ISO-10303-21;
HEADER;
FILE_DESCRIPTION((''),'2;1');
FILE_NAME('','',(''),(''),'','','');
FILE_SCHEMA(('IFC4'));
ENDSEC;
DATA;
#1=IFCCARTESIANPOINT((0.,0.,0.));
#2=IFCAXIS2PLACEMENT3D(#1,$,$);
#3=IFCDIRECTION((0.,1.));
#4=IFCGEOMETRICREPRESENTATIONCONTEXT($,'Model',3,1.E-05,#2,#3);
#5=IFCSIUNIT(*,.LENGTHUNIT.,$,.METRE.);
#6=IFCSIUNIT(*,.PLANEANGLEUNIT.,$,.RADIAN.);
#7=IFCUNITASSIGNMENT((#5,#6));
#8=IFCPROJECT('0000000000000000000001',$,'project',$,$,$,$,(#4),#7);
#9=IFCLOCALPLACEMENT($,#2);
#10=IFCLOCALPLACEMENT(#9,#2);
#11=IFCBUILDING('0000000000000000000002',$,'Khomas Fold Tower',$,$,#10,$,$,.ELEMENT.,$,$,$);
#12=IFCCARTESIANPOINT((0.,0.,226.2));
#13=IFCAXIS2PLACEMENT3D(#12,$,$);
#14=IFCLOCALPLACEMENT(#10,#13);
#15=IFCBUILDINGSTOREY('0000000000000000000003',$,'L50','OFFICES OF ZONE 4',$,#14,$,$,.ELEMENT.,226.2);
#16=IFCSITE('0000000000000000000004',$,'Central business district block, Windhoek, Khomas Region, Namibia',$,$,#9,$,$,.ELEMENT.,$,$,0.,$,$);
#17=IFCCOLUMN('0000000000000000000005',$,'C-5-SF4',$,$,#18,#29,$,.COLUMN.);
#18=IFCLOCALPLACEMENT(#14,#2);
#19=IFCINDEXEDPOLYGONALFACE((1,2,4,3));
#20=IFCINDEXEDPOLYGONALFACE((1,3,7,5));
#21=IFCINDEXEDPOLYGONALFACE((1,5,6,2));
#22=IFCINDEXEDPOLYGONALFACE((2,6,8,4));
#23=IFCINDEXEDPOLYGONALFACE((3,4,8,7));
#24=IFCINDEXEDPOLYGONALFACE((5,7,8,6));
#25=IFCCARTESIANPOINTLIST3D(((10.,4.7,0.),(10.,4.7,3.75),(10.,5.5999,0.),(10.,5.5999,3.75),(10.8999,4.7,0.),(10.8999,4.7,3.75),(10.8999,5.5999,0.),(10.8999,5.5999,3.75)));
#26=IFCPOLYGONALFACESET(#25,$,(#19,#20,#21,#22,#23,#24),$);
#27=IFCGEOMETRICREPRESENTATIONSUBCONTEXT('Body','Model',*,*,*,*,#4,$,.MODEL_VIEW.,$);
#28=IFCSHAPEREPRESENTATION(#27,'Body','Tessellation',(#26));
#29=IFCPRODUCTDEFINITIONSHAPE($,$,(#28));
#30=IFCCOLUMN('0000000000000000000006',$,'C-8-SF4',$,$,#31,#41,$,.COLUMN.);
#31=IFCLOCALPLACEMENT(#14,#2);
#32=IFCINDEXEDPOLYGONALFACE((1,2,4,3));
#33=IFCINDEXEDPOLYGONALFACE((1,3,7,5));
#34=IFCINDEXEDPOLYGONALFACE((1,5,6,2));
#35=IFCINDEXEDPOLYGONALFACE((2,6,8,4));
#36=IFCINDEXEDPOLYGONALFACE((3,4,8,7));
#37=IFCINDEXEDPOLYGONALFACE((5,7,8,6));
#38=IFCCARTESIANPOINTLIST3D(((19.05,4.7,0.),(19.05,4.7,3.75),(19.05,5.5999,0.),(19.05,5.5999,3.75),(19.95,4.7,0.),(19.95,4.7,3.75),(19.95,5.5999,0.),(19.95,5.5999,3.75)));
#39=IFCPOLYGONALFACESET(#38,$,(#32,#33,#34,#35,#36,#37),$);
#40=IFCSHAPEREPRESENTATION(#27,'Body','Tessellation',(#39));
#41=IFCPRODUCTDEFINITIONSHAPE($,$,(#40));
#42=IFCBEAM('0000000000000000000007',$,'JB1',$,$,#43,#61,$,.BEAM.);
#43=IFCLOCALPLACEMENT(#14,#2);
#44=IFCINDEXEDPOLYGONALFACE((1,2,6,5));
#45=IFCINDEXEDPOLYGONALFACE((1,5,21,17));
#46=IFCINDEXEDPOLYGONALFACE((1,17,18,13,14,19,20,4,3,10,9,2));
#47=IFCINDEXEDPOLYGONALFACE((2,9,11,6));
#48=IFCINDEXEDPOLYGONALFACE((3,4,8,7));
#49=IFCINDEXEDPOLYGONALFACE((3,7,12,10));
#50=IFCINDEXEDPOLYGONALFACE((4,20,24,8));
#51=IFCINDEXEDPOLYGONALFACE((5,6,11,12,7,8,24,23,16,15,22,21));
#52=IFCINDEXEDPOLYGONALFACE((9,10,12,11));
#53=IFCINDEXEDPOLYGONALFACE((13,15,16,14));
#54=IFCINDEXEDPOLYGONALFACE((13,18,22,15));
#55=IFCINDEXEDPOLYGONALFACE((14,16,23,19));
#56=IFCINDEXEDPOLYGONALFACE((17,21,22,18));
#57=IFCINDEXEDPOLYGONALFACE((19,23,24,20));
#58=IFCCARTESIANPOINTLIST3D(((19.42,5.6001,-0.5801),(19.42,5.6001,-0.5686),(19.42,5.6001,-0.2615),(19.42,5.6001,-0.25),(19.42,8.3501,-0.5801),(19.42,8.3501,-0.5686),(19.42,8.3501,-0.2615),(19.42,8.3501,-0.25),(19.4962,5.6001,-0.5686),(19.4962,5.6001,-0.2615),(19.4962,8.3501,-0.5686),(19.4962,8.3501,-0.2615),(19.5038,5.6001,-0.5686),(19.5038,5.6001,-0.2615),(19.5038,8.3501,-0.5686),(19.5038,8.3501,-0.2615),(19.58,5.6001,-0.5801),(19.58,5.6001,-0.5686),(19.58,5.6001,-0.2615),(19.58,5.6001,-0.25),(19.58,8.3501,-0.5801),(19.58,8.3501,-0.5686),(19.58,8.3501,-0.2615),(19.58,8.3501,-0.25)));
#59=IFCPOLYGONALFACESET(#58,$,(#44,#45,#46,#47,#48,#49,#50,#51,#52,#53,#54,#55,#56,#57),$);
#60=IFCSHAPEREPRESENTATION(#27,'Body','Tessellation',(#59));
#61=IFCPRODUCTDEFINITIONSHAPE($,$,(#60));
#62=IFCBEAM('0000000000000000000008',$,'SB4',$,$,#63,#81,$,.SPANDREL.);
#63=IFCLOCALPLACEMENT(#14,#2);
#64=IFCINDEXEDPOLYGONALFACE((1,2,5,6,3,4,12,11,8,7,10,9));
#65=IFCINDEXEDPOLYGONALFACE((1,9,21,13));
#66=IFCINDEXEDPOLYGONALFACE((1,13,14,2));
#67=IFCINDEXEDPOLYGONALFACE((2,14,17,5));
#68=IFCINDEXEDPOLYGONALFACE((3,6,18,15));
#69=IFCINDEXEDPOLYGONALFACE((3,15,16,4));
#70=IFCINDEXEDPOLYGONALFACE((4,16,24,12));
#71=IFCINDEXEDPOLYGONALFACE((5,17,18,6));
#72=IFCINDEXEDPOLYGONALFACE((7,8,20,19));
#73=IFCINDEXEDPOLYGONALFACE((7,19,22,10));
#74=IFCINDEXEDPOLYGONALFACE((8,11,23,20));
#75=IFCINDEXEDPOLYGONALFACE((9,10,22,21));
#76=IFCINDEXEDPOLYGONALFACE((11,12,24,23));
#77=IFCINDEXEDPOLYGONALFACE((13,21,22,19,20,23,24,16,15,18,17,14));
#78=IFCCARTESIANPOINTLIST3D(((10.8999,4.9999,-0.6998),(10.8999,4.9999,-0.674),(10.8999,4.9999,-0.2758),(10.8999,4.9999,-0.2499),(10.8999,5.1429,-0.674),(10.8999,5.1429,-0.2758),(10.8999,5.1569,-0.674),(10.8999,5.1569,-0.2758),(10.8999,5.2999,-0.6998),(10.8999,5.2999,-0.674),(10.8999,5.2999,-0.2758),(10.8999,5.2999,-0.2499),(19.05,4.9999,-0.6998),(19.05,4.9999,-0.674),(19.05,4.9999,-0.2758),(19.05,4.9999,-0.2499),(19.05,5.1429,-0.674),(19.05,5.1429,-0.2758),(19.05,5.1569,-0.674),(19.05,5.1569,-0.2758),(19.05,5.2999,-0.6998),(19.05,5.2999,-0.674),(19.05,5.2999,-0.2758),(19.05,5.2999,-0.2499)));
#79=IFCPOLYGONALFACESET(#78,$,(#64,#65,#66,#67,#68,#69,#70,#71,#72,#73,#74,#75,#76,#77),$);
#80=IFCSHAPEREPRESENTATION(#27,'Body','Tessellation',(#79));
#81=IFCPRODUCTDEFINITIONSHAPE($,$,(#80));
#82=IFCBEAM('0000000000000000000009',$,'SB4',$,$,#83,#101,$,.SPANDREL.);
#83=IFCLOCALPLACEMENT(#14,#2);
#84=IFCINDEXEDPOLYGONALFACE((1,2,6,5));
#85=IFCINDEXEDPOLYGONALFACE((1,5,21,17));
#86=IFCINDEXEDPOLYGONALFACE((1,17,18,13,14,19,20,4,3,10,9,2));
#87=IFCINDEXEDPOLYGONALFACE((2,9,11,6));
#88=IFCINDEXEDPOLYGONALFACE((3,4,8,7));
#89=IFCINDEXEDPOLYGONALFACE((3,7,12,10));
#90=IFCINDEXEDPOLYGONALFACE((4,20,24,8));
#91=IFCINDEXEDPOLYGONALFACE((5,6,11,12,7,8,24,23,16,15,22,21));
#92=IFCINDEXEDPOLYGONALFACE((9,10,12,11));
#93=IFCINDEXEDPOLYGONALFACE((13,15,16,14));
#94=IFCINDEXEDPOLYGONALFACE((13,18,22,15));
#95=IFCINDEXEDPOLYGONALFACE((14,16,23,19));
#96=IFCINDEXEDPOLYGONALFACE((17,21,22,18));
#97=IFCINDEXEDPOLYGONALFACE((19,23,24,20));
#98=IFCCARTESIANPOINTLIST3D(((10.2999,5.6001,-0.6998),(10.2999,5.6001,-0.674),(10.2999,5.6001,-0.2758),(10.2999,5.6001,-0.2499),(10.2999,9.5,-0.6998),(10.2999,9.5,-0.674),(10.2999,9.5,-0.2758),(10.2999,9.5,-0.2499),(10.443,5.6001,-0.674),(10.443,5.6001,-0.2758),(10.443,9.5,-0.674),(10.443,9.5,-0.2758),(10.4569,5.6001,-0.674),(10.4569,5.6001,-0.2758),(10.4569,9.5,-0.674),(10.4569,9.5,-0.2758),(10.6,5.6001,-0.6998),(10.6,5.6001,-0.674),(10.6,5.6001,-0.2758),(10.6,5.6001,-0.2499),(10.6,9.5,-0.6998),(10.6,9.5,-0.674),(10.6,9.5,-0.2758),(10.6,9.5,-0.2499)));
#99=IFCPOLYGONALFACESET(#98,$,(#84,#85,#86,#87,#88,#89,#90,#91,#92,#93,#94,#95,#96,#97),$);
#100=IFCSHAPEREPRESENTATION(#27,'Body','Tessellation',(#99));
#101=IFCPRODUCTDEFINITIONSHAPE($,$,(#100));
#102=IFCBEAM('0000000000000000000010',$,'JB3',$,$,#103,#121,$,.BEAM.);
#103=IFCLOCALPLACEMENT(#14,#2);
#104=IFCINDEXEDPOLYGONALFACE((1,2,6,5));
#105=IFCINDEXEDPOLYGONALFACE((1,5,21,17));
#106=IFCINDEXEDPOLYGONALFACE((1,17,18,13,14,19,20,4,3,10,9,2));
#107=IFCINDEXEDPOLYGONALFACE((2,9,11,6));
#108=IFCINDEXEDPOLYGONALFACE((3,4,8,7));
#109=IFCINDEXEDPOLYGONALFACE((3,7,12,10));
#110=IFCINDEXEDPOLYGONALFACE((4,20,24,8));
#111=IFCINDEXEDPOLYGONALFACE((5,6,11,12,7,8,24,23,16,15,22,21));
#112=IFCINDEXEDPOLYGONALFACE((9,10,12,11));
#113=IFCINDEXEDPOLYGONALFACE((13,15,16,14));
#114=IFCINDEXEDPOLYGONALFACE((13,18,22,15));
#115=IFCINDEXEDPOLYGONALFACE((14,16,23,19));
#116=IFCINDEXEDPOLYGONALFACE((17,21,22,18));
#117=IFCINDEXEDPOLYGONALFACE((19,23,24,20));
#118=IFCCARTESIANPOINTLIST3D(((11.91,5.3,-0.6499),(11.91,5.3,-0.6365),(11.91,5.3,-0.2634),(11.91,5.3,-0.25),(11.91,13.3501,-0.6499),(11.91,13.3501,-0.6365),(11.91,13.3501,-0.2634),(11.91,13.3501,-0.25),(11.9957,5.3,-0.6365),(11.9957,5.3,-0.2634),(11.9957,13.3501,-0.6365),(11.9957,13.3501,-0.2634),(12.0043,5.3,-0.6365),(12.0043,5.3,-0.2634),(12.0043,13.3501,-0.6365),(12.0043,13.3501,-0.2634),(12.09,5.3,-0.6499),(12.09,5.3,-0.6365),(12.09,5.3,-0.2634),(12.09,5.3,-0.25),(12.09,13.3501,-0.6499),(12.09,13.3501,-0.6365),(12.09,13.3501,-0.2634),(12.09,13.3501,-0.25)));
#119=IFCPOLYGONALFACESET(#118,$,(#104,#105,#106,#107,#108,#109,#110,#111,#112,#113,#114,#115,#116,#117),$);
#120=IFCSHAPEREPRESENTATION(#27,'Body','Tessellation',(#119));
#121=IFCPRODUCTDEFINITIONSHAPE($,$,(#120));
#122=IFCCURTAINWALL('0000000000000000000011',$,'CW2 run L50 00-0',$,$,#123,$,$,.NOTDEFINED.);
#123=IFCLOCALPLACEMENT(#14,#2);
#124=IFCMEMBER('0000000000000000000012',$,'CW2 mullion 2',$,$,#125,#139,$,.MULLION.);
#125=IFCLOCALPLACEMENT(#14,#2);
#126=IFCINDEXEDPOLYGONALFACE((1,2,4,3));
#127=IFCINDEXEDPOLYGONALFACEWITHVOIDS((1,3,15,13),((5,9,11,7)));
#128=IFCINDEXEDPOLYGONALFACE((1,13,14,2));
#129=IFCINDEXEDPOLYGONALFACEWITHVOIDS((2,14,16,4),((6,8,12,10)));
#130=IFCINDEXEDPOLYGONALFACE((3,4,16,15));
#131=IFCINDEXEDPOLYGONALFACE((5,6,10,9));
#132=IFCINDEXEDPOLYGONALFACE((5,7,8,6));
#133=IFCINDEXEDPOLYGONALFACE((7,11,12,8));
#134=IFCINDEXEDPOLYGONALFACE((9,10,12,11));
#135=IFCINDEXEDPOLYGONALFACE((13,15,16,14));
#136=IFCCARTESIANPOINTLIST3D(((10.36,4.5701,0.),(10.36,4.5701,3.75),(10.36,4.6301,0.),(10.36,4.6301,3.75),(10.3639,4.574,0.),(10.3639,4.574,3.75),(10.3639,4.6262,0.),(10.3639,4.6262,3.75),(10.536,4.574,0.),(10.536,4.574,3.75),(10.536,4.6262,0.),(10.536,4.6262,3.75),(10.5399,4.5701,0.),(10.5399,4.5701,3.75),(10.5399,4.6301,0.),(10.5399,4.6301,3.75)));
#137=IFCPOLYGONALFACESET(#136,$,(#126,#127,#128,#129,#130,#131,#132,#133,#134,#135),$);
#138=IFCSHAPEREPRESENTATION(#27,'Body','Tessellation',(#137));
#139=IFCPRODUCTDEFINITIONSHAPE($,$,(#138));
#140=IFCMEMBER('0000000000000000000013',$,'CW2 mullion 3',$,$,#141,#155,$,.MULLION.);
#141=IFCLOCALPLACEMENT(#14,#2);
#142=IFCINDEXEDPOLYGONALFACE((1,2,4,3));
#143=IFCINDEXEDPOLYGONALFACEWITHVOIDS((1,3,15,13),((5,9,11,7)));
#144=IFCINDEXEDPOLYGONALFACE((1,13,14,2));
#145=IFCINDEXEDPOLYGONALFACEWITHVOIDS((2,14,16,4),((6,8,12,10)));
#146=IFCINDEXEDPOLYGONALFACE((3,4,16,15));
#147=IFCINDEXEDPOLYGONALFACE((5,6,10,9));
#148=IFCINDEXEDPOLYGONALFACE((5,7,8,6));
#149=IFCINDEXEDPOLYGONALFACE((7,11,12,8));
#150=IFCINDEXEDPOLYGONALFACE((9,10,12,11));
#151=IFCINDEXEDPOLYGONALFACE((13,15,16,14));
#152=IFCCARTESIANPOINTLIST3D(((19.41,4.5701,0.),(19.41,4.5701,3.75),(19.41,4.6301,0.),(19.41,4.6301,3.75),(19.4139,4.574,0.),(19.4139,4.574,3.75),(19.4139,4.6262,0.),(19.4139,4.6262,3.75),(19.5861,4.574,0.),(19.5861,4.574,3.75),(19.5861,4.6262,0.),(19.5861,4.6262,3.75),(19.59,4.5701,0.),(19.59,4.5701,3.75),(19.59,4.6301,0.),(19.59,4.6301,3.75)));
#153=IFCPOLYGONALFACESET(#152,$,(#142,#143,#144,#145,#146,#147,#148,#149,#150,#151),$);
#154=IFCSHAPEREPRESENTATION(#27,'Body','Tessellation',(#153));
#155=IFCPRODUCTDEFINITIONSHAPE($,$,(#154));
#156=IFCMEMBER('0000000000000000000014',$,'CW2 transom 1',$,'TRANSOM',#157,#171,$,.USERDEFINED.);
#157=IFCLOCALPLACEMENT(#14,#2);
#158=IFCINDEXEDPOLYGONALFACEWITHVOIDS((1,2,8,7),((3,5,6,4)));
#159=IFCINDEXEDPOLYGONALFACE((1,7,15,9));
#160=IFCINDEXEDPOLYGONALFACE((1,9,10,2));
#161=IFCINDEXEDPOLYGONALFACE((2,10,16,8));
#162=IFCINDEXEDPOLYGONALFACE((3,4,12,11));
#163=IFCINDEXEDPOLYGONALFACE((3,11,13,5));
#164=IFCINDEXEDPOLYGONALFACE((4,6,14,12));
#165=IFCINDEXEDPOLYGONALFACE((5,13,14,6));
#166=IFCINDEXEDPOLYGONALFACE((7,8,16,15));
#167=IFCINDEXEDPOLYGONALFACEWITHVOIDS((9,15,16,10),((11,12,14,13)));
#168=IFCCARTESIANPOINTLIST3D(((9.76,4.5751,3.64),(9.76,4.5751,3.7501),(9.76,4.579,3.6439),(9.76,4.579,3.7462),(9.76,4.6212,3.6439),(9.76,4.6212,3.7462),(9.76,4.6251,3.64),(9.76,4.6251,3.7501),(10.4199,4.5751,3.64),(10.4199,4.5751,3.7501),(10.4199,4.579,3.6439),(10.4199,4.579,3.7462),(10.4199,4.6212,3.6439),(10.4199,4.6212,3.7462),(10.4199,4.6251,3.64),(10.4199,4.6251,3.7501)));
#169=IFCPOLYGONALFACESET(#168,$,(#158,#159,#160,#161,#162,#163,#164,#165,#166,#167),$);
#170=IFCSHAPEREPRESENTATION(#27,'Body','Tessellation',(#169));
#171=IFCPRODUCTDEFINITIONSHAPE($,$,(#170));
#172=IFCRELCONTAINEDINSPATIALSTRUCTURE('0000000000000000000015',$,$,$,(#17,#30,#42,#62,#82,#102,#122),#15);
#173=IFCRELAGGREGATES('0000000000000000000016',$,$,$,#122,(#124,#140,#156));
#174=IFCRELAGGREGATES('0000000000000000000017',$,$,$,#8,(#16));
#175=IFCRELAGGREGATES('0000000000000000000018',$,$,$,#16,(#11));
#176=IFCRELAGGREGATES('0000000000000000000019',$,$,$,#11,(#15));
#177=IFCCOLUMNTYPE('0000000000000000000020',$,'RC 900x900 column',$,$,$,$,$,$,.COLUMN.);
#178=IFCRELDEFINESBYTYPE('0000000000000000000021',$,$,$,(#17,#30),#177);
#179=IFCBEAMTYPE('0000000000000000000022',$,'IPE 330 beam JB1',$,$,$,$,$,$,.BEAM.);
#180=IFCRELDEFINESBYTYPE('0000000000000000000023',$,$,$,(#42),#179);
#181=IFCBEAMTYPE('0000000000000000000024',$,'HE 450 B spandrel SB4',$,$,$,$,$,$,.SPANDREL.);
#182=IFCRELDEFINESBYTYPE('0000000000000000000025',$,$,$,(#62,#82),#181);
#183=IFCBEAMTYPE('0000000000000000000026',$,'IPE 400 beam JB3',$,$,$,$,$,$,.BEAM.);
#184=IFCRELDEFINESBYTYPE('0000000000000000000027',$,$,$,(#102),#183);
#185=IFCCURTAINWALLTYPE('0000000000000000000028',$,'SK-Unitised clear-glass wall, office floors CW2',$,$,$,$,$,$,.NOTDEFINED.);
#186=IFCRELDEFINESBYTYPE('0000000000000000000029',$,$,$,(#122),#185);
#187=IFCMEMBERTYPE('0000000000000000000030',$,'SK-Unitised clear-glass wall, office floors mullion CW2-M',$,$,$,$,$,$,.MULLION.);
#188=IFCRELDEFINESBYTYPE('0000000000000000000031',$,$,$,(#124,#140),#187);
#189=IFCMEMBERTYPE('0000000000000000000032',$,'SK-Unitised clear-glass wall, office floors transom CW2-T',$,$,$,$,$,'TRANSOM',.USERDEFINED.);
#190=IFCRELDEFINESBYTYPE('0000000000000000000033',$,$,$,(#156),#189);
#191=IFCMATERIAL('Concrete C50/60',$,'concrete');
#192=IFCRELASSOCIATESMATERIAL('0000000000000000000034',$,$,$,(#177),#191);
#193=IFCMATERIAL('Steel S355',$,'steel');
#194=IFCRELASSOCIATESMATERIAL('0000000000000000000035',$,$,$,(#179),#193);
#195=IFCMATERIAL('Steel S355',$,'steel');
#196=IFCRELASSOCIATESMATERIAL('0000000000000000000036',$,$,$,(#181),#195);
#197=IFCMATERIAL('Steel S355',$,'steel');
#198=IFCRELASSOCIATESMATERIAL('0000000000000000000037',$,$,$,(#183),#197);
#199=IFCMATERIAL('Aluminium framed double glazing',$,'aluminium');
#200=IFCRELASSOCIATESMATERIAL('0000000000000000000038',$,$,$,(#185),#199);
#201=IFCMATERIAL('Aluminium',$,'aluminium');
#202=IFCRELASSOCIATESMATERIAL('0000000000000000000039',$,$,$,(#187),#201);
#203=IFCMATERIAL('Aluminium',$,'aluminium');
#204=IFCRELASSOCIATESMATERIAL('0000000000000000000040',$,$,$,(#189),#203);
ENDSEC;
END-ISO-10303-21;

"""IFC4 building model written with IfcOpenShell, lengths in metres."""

from ifc_helpers import new_model, si_unit, direction, frame, origin, origin_2d, place, context, subcontext, project, spatial, rectangle, hollow_rectangle, i_section, extrude, source, transform, mapped, material, material_profile, profile_set, type_object, element, aggregate, save


model = new_model("IFC4")

# Units and contexts
model_context = context("Model", 3, precision=1e-05, world=origin(), true_north=direction((0.0, 1.0)))
body_context = subcontext(model_context, "Body", "Model", "MODEL_VIEW")
ifc_project = project(units=[si_unit("LENGTHUNIT", "METRE"), si_unit("PLANEANGLEUNIT", "RADIAN")], contexts=[model_context])

# Site, building, storey
site_placement = place(None, origin())
site = spatial("IfcSite", under=ifc_project, at=site_placement, Name="Central business district block, Windhoek, Khomas Region, Namibia", CompositionType="ELEMENT", RefElevation=0.0)
building_placement = place(site_placement, origin())
building = spatial("IfcBuilding", under=site, at=building_placement, Name="Khomas Fold Tower", CompositionType="ELEMENT")
storey_placement = place(building_placement, frame((0.0, 0.0, 226.2)))
storey = spatial("IfcBuildingStorey", under=building, at=storey_placement, Name="L50", Description="OFFICES OF ZONE 4", CompositionType="ELEMENT", Elevation=226.2)

# Columns
ifc_material_1 = material(Name="Concrete C50/60", Category="concrete")
ifc_material_profile_1 = material_profile(ifc_material_1, rectangle(XDim=0.8999, YDim=0.8999, at=origin_2d()), Name="RC 900x900")
ifc_profile_set_1 = profile_set([ifc_material_profile_1], Name="Concrete C50/60")
column_type = type_object("IfcColumnType", Name="RC 900x900 column", PredefinedType="COLUMN", material=ifc_profile_set_1)
shared_shape_1 = source(origin(), body_context, "Body", "SweptSolid", [
    extrude(rectangle(XDim=0.8999, YDim=0.8999, at=origin_2d()), origin(), (0.0, 0.0, 1.0), 3.75),
])
for number, where, z_axis, x_axis, name in (
    (1, (10.45, 5.1499, 0.0), (0.0, 0.0, 1.0), (1.0, 0.0, 0.0), "C-5-SF4"),
    (2, (19.5, 5.1499, 0.0), (0.0, 0.0, 1.0), (1.0, 0.0, 0.0), "C-8-SF4"),
):
    element("IfcColumn", number, at=place(storey_placement, frame(where, z_axis=z_axis, x_axis=x_axis)), inside=storey, type_object=column_type, Name=name, PredefinedType="COLUMN", context=body_context, shape_type="MappedRepresentation", body=[
        mapped(shared_shape_1, transform((0.0, 0.0, 0.0))),
    ])

# Beams
ifc_material_2 = material(Name="Steel S355", Category="steel")
ifc_material_profile_2 = material_profile(ifc_material_2, i_section(OverallWidth=0.1599, OverallDepth=0.3301, WebThickness=0.0076, FlangeThickness=0.0115, at=origin_2d()), Name="IPE 330")
ifc_profile_set_2 = profile_set([ifc_material_profile_2], Name="Steel S355")
beam_type_1 = type_object("IfcBeamType", Name="IPE 330 beam JB1", PredefinedType="BEAM", material=ifc_profile_set_2)
shared_shape_2 = source(origin(), body_context, "Body", "SweptSolid", [
    extrude(i_section(OverallWidth=0.1599, OverallDepth=0.3301, WebThickness=0.0076, FlangeThickness=0.0115, at=origin_2d()), origin(), (0.0, 0.0, 1.0), 2.75),
])
beam_1_placement = place(storey_placement, frame((19.5, 5.6001, -0.415), z_axis=(0.0, 1.0, 0.0), x_axis=(-1.0, 0.0, 0.0)))
element("IfcBeam", 3, at=beam_1_placement, inside=storey, type_object=beam_type_1, Name="JB1", PredefinedType="BEAM", context=body_context, shape_type="MappedRepresentation", body=[
    mapped(shared_shape_2, transform((0.0, 0.0, 0.0))),
])
ifc_material_3 = material(Name="Steel S355", Category="steel")
ifc_material_profile_3 = material_profile(ifc_material_3, i_section(OverallWidth=0.3, OverallDepth=0.45, WebThickness=0.0139, FlangeThickness=0.0259, at=origin_2d()), Name="HE 450 B")
ifc_profile_set_3 = profile_set([ifc_material_profile_3], Name="Steel S355")
beam_type_2 = type_object("IfcBeamType", Name="HE 450 B spandrel SB4", PredefinedType="SPANDREL", material=ifc_profile_set_3)
shared_shape_3 = source(origin(), body_context, "Body", "SweptSolid", [
    extrude(i_section(OverallWidth=0.3, OverallDepth=0.45, WebThickness=0.0139, FlangeThickness=0.0259, at=origin_2d()), origin(), (0.0, 0.0, 1.0), 8.1501),
])
beam_2_placement = place(storey_placement, frame((10.8999, 5.1499, -0.4749), z_axis=(1.0, 0.0, 0.0), x_axis=(0.0, 1.0, 0.0)))
element("IfcBeam", 4, at=beam_2_placement, inside=storey, type_object=beam_type_2, Name="SB4", PredefinedType="SPANDREL", context=body_context, shape_type="MappedRepresentation", body=[
    mapped(shared_shape_3, transform((0.0, 0.0, 0.0))),
])
shared_shape_4 = source(origin(), body_context, "Body", "SweptSolid", [
    extrude(i_section(OverallWidth=0.3, OverallDepth=0.45, WebThickness=0.0139, FlangeThickness=0.0259, at=origin_2d()), origin(), (0.0, 0.0, 1.0), 3.8999),
])
beam_3_placement = place(storey_placement, frame((10.45, 5.6001, -0.4749), z_axis=(0.0, 1.0, 0.0), x_axis=(-1.0, 0.0, 0.0)))
element("IfcBeam", 5, at=beam_3_placement, inside=storey, type_object=beam_type_2, Name="SB4", PredefinedType="SPANDREL", context=body_context, shape_type="MappedRepresentation", body=[
    mapped(shared_shape_4, transform((0.0, 0.0, 0.0))),
])
ifc_material_4 = material(Name="Steel S355", Category="steel")
ifc_material_profile_4 = material_profile(ifc_material_4, i_section(OverallWidth=0.1799, OverallDepth=0.3999, WebThickness=0.0085, FlangeThickness=0.0134, at=origin_2d()), Name="IPE 400")
ifc_profile_set_4 = profile_set([ifc_material_profile_4], Name="Steel S355")
beam_type_3 = type_object("IfcBeamType", Name="IPE 400 beam JB3", PredefinedType="BEAM", material=ifc_profile_set_4)
shared_shape_5 = source(origin(), body_context, "Body", "SweptSolid", [
    extrude(i_section(OverallWidth=0.1799, OverallDepth=0.3999, WebThickness=0.0085, FlangeThickness=0.0134, at=origin_2d()), origin(), (0.0, 0.0, 1.0), 8.05),
])
beam_4_placement = place(storey_placement, frame((12.0, 5.3, -0.45), z_axis=(0.0, 1.0, 0.0), x_axis=(-1.0, 0.0, 0.0)))
element("IfcBeam", 6, at=beam_4_placement, inside=storey, type_object=beam_type_3, Name="JB3", PredefinedType="BEAM", context=body_context, shape_type="MappedRepresentation", body=[
    mapped(shared_shape_5, transform((0.0, 0.0, 0.0))),
])

# Curtain wall, members
ifc_material_5 = material(Name="Aluminium framed double glazing", Category="aluminium")
curtain_wall_type = type_object("IfcCurtainWallType", Name="SK-Unitised clear-glass wall, office floors CW2", PredefinedType="NOTDEFINED", material=ifc_material_5)
curtain_wall_placement = place(storey_placement, origin())
curtain_wall = element("IfcCurtainWall", 7, at=curtain_wall_placement, inside=storey, type_object=curtain_wall_type, Name="CW2 run L50 00-0", PredefinedType="NOTDEFINED")
ifc_material_6 = material(Name="Aluminium", Category="aluminium")
ifc_material_profile_5 = material_profile(ifc_material_6, hollow_rectangle(XDim=0.0601, YDim=0.1799, WallThickness=0.0039, at=origin_2d()), Name="SK-Unitised clear-glass wall, office floors mullion CW2-M")
ifc_profile_set_5 = profile_set([ifc_material_profile_5], Name="Aluminium")
member_type_1 = type_object("IfcMemberType", Name="SK-Unitised clear-glass wall, office floors mullion CW2-M", PredefinedType="MULLION", material=ifc_profile_set_5)
shared_shape_6 = source(origin(), body_context, "Body", "SweptSolid", [
    extrude(hollow_rectangle(XDim=0.0601, YDim=0.1799, WallThickness=0.0039, at=origin_2d()), origin(), (0.0, 0.0, 1.0), 3.75),
])
member_1_placement = place(storey_placement, frame((10.45, 4.6001, 0.0), z_axis=(0.0, 0.0, 1.0), x_axis=(0.0, 1.0, 0.0)))
member_1 = element("IfcMember", 8, at=member_1_placement, type_object=member_type_1, Name="CW2 mullion 2", PredefinedType="MULLION", context=body_context, shape_type="MappedRepresentation", body=[
    mapped(shared_shape_6, transform((0.0, 0.0, 0.0))),
])
member_2_placement = place(storey_placement, frame((19.5, 4.6001, 0.0), z_axis=(0.0, 0.0, 1.0), x_axis=(0.0, 1.0, 0.0)))
member_2 = element("IfcMember", 9, at=member_2_placement, type_object=member_type_1, Name="CW2 mullion 3", PredefinedType="MULLION", context=body_context, shape_type="MappedRepresentation", body=[
    mapped(shared_shape_6, transform((0.0, 0.0, 0.0))),
])
ifc_material_7 = material(Name="Aluminium", Category="aluminium")
ifc_material_profile_6 = material_profile(ifc_material_7, hollow_rectangle(XDim=0.05, YDim=0.1101, WallThickness=0.0039, at=origin_2d()), Name="SK-Unitised clear-glass wall, office floors transom CW2-T")
ifc_profile_set_6 = profile_set([ifc_material_profile_6], Name="Aluminium")
member_type_2 = type_object("IfcMemberType", Name="SK-Unitised clear-glass wall, office floors transom CW2-T", ElementType="TRANSOM", PredefinedType="USERDEFINED", material=ifc_profile_set_6)
shared_shape_7 = source(origin(), body_context, "Body", "SweptSolid", [
    extrude(hollow_rectangle(XDim=0.05, YDim=0.1101, WallThickness=0.0039, at=origin_2d()), origin(), (0.0, 0.0, 1.0), 0.6599),
])
member_3_placement = place(storey_placement, frame((9.76, 4.6001, 3.6951), z_axis=(1.0, 0.0, 0.0), x_axis=(0.0, 1.0, 0.0)))
member_3 = element("IfcMember", 10, at=member_3_placement, type_object=member_type_2, Name="CW2 transom 1", ObjectType="TRANSOM", PredefinedType="USERDEFINED", context=body_context, shape_type="MappedRepresentation", body=[
    mapped(shared_shape_7, transform((0.0, 0.0, 0.0))),
])
aggregate(curtain_wall, [member_1, member_2, member_3])

save(model, "model.ifc")
